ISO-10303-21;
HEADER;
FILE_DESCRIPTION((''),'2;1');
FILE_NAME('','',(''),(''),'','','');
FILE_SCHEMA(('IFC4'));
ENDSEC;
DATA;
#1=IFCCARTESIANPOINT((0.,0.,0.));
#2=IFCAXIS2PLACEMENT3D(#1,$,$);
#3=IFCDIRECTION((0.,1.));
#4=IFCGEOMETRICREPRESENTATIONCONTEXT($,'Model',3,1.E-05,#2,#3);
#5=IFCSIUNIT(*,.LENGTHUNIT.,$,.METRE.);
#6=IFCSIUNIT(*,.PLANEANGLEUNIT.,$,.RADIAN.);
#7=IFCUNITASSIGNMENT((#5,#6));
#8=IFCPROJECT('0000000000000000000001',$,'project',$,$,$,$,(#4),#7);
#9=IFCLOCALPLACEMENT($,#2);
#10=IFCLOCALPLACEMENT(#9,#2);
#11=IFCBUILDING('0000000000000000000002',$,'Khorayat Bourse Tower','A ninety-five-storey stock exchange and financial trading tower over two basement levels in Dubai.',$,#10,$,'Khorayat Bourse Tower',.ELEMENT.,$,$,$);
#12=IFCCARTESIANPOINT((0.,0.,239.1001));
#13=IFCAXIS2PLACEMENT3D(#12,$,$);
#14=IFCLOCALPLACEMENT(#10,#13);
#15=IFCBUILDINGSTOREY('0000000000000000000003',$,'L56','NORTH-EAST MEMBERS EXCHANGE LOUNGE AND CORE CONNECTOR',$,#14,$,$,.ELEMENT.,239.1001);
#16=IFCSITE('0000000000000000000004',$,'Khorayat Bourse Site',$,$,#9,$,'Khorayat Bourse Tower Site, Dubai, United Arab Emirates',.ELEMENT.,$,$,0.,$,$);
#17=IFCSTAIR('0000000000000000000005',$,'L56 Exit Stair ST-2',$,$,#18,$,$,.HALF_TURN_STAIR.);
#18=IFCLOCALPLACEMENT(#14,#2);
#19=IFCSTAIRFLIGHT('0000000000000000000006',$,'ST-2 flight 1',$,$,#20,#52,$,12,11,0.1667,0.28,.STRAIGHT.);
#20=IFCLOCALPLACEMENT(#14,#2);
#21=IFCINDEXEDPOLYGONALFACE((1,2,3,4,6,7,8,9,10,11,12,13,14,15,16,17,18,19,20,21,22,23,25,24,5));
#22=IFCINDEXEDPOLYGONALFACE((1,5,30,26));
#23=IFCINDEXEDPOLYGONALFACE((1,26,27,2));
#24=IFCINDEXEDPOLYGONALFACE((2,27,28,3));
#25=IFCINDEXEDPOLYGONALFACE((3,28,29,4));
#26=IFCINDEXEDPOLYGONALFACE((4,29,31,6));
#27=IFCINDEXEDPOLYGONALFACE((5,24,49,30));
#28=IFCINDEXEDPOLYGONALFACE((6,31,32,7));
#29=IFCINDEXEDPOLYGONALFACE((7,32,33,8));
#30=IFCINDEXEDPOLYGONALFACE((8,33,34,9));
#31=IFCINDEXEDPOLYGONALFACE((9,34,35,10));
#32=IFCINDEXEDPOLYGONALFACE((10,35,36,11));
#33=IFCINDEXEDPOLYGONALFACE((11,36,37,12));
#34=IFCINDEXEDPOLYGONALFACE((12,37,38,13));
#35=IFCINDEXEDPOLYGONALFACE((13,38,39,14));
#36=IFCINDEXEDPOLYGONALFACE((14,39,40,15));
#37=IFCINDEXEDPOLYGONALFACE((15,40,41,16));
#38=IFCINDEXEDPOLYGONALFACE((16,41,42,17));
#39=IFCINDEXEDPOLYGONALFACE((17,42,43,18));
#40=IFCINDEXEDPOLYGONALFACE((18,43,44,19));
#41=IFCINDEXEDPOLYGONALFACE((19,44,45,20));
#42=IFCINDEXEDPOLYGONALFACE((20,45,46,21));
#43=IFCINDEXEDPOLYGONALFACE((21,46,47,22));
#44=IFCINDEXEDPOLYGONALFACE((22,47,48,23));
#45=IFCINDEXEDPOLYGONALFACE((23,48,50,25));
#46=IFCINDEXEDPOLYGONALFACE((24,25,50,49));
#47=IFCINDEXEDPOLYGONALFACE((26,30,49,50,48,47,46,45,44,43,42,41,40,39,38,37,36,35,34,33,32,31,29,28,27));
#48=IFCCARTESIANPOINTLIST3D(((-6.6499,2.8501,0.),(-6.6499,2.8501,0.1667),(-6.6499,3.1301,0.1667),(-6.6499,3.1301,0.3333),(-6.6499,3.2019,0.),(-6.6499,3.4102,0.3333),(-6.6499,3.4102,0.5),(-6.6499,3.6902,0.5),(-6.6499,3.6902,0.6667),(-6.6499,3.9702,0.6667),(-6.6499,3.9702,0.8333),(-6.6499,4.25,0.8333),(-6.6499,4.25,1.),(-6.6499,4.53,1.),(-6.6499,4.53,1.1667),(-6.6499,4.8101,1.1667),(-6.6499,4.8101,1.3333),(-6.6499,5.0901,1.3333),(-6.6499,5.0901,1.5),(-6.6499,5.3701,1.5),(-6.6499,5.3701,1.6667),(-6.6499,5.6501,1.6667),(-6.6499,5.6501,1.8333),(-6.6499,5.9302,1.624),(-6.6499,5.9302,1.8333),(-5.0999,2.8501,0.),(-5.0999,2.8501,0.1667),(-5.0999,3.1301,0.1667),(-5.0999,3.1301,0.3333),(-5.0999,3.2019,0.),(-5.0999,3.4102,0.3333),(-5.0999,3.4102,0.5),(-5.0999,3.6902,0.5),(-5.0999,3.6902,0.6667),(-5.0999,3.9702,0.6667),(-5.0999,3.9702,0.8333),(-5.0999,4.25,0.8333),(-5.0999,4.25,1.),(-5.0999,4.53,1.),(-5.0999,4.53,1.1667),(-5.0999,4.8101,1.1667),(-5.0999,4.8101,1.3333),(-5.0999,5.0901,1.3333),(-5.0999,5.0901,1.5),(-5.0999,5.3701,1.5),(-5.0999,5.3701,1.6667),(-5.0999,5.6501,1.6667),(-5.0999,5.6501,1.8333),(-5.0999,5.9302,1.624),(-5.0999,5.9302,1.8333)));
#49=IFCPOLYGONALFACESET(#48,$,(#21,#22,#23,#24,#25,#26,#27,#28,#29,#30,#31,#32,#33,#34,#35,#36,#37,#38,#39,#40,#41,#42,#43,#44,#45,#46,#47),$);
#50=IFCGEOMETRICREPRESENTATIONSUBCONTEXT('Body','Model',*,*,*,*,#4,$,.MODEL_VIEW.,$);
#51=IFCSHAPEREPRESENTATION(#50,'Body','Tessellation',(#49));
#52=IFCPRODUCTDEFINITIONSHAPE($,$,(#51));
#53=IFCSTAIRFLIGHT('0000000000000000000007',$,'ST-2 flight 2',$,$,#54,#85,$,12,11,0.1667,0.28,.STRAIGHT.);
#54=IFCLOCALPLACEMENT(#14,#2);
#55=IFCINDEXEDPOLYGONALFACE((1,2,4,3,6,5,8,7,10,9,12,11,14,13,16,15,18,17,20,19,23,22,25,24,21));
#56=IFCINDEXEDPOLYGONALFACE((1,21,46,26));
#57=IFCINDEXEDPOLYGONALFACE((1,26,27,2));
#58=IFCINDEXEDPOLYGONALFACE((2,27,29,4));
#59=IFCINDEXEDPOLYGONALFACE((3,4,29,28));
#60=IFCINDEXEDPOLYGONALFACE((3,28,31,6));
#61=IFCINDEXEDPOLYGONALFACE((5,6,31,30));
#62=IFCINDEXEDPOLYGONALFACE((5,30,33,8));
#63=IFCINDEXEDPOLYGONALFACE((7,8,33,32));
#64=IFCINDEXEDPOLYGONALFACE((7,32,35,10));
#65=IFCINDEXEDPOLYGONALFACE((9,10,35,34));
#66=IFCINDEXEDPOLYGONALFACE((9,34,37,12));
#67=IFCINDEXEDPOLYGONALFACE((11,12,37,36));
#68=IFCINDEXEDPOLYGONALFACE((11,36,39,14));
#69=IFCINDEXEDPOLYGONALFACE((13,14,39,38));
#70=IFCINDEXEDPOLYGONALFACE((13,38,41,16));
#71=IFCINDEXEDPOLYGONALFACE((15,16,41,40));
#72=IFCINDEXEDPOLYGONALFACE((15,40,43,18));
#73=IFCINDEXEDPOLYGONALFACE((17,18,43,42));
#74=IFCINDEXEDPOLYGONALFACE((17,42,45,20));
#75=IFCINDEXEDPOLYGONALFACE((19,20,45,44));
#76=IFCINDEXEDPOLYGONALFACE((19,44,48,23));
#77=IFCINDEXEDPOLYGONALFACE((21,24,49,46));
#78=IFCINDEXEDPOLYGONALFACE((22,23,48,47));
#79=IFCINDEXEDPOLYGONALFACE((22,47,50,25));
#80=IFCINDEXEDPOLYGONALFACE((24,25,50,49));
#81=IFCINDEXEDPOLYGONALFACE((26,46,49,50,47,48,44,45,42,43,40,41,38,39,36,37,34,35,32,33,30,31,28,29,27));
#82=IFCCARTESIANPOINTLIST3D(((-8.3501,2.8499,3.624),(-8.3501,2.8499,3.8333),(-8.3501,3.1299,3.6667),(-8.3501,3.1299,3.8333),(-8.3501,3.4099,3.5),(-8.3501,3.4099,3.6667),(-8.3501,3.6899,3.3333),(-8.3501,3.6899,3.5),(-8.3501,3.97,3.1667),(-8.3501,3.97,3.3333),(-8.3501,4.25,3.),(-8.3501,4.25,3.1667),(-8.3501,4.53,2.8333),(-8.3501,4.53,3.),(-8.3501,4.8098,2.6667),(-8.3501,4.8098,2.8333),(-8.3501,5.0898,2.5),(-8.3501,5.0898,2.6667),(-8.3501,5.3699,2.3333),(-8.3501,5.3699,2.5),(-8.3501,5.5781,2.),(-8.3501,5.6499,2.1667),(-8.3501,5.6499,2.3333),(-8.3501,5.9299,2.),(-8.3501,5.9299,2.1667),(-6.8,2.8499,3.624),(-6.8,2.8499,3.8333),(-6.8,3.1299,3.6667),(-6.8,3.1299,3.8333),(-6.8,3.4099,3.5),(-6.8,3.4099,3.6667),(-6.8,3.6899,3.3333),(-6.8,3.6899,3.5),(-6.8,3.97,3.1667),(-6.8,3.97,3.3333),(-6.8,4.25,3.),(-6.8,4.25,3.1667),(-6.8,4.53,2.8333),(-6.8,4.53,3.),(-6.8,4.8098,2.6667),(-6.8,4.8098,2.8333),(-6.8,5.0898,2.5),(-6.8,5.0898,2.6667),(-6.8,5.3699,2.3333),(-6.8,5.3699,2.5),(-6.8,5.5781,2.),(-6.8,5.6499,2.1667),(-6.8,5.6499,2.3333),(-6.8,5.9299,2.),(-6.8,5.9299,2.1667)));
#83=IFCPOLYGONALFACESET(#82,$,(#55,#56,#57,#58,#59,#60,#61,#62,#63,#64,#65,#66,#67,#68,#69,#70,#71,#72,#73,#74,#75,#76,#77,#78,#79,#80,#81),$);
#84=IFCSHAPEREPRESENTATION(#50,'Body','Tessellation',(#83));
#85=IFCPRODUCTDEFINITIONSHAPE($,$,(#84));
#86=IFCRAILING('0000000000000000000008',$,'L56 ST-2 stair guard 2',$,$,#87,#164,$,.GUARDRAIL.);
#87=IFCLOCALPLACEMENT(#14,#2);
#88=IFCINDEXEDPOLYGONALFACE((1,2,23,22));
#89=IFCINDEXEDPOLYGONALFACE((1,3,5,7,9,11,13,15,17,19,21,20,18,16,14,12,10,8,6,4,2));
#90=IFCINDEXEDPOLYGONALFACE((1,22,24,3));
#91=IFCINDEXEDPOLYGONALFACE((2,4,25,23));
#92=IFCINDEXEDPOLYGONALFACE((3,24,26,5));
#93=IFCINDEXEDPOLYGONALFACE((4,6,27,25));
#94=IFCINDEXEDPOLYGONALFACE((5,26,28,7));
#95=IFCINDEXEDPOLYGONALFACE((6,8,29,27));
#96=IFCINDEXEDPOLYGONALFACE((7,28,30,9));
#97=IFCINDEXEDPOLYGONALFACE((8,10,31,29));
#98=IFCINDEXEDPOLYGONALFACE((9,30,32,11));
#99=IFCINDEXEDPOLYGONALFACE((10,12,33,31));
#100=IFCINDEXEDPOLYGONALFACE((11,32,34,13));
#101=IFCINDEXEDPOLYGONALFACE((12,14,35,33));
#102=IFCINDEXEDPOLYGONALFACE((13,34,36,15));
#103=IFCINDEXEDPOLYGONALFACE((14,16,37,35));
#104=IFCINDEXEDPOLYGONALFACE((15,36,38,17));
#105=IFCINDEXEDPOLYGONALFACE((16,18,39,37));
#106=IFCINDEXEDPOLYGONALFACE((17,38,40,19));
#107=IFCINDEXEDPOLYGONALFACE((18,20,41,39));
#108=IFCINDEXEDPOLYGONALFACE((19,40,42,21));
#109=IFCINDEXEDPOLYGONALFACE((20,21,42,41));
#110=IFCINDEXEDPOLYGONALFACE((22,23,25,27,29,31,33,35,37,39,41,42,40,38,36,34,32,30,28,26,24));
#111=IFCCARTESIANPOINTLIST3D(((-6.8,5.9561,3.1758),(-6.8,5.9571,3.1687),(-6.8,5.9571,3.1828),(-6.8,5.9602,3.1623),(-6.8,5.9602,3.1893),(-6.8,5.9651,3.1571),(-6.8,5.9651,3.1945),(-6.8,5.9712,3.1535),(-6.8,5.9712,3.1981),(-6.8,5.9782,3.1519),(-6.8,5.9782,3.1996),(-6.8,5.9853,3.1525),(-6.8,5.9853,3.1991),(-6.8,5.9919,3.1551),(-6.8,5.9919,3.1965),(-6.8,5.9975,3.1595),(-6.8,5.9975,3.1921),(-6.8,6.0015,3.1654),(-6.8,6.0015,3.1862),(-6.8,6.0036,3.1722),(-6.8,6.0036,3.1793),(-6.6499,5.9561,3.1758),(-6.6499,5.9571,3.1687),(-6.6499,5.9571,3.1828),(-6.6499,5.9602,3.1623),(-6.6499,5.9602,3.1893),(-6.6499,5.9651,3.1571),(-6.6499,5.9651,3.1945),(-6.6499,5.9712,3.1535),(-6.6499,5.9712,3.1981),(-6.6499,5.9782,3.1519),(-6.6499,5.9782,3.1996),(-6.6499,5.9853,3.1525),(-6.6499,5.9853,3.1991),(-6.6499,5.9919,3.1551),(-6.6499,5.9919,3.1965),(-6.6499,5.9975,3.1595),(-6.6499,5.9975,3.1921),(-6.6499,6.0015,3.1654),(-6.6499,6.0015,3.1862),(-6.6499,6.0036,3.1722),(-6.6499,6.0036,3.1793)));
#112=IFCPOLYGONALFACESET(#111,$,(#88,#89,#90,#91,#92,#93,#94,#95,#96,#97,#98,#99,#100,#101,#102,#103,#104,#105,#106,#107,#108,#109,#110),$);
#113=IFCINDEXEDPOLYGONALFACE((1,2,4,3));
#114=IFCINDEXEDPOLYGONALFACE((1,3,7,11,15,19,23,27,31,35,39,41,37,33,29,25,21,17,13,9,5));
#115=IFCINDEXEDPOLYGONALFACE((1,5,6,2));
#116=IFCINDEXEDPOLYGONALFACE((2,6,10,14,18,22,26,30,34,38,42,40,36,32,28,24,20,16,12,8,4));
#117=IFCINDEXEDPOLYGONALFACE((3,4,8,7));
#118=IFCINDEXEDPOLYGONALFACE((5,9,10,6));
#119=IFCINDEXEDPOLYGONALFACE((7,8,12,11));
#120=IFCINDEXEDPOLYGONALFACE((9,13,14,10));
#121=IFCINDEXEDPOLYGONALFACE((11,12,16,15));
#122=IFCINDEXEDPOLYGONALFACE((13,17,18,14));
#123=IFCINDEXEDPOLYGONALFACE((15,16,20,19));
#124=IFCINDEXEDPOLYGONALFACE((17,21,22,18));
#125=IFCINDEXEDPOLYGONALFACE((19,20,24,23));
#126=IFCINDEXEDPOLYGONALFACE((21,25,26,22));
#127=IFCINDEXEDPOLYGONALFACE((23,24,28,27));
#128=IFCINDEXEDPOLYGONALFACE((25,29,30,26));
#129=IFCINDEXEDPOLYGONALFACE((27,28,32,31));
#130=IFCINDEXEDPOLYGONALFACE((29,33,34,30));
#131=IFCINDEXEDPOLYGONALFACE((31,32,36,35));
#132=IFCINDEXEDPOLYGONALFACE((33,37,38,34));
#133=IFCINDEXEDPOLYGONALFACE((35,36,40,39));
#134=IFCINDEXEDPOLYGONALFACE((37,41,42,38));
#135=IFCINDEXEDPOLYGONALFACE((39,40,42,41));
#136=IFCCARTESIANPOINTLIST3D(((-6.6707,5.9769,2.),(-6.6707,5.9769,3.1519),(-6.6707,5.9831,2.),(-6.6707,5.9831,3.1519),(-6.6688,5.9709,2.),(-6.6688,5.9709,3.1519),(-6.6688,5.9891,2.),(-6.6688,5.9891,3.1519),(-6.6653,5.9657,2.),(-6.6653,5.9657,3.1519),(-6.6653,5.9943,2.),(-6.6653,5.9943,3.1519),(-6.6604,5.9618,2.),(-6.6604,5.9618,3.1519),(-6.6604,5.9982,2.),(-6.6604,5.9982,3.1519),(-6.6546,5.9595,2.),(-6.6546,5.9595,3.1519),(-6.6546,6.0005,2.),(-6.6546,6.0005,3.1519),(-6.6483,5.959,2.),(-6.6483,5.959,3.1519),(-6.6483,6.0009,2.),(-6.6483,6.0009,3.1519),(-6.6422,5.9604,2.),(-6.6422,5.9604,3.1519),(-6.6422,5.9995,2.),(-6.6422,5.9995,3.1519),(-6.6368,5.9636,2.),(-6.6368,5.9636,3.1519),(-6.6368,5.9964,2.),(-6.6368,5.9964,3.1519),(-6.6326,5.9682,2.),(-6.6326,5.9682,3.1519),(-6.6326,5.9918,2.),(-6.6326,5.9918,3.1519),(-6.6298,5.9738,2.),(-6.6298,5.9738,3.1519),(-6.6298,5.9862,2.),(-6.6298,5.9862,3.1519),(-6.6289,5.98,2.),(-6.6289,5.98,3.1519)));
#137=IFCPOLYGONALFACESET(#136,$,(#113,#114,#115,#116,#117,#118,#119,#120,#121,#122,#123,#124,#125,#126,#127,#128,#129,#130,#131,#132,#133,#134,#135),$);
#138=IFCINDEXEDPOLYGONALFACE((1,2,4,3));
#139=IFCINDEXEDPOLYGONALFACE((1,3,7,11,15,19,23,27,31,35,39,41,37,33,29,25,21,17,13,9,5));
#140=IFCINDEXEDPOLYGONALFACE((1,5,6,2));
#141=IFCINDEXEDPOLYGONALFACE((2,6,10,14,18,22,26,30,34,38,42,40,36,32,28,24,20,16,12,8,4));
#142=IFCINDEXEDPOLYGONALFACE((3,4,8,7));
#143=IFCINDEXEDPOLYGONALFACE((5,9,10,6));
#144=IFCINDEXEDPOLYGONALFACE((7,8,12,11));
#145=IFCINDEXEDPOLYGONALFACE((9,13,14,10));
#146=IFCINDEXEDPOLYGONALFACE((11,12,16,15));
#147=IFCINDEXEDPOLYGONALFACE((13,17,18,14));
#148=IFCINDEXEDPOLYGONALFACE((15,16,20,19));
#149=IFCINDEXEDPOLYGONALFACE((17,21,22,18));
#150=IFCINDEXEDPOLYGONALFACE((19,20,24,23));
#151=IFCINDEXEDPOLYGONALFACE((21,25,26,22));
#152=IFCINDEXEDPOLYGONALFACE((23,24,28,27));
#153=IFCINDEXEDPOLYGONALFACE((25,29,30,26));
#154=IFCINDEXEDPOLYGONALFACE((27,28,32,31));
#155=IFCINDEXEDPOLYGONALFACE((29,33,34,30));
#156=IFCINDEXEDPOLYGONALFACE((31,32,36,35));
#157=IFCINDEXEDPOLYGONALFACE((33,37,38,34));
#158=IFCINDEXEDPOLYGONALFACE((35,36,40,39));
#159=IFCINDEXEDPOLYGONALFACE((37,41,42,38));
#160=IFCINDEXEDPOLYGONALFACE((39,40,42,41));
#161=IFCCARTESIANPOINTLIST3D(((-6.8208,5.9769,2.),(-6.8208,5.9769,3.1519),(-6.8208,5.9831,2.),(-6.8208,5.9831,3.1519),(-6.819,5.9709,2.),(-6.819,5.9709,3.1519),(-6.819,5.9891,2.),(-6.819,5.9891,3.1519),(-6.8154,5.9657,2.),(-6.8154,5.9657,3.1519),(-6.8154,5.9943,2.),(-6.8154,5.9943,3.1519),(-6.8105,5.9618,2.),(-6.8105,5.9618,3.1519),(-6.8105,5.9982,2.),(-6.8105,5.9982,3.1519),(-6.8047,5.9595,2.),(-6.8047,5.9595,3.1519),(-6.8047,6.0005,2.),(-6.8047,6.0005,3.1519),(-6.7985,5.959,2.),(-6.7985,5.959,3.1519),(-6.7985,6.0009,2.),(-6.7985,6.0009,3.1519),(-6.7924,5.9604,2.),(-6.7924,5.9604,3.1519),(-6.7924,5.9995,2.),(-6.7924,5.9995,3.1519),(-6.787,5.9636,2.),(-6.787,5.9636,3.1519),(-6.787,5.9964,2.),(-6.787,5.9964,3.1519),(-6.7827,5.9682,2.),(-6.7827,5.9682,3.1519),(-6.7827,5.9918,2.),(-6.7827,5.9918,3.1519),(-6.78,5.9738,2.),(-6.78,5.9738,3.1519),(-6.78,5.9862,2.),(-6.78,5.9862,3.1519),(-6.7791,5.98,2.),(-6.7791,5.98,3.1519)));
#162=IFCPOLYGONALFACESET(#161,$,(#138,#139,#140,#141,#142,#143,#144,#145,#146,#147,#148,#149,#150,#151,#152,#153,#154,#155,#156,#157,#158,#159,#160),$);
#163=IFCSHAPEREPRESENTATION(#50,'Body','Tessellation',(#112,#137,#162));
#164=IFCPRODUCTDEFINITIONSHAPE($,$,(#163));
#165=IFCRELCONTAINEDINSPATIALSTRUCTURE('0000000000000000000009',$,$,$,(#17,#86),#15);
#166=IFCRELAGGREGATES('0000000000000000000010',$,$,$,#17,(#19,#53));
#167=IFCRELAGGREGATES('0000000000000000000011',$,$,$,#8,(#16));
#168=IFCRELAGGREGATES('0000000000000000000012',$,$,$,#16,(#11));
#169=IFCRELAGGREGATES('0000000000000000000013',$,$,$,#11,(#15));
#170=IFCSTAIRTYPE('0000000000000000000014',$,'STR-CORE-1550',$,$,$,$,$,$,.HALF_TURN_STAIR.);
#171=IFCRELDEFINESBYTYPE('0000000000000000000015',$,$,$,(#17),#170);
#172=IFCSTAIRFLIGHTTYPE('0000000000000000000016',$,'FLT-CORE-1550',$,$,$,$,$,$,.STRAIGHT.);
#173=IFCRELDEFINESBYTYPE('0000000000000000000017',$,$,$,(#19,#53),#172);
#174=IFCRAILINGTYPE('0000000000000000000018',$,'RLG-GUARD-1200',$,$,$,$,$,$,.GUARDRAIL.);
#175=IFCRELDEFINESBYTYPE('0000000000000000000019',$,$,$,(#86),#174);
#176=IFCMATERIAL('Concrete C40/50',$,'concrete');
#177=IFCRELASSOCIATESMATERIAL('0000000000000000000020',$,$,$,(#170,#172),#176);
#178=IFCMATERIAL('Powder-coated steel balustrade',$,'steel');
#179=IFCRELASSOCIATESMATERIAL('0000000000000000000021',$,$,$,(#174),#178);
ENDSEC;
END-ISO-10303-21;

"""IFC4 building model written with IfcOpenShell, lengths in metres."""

from ifc_helpers import new_model, si_unit, direction, frame, origin, origin_2d, place, context, subcontext, project, spatial, polyline, circle, outline, extrude, source, transform, mapped, material, type_object, element, aggregate, save


model = new_model("IFC4")

# Units and contexts
model_context = context("Model", 3, precision=1e-05, world=origin(), true_north=direction((0.0, 1.0)))
body_context = subcontext(model_context, "Body", "Model", "MODEL_VIEW")
ifc_project = project(units=[si_unit("LENGTHUNIT", "METRE"), si_unit("PLANEANGLEUNIT", "RADIAN")], contexts=[model_context])

# Site, building, storey
site_placement = place(None, origin())
site = spatial("IfcSite", under=ifc_project, at=site_placement, Name="Khorayat Bourse Site", LongName="Khorayat Bourse Tower Site, Dubai, United Arab Emirates", CompositionType="ELEMENT", RefElevation=0.0)
building_placement = place(site_placement, origin())
building = spatial("IfcBuilding", under=site, at=building_placement, Name="Khorayat Bourse Tower", Description="A ninety-five-storey stock exchange and financial trading tower over two basement levels in Dubai.", LongName="Khorayat Bourse Tower", CompositionType="ELEMENT")
storey_placement = place(building_placement, frame((0.0, 0.0, 239.1001)))
storey = spatial("IfcBuildingStorey", under=building, at=storey_placement, Name="L56", Description="NORTH-EAST MEMBERS EXCHANGE LOUNGE AND CORE CONNECTOR", CompositionType="ELEMENT", Elevation=239.1001)

# Stair, stair flights
ifc_material_1 = material(Name="Concrete C40/50", Category="concrete")
stair_type = type_object("IfcStairType", Name="STR-CORE-1550", PredefinedType="HALF_TURN_STAIR", material=ifc_material_1)
stair_placement = place(storey_placement, origin())
stair = element("IfcStair", 1, at=stair_placement, inside=storey, type_object=stair_type, Name="L56 Exit Stair ST-2", PredefinedType="HALF_TURN_STAIR")
stair_flight_type = type_object("IfcStairFlightType", Name="FLT-CORE-1550", PredefinedType="STRAIGHT", material=ifc_material_1)
shared_shape_1 = source(origin(), body_context, "Body", "SweptSolid", [
    extrude(outline(polyline([(0.0, 0.0), (0.0, 0.1667), (0.28, 0.1667), (0.28, 0.3333), (0.5601, 0.3333), (0.5601, 0.5), (0.8401, 0.5), (0.8401, 0.6667), (1.1201, 0.6667), (1.1201, 0.8333), (1.3999, 0.8333), (1.3999, 1.0), (1.6799, 1.0), (1.6799, 1.1667), (1.96, 1.1667), (1.96, 1.3333), (2.24, 1.3333), (2.24, 1.5), (2.52, 1.5), (2.52, 1.6667), (2.8, 1.6667), (2.8, 1.8333), (3.0801, 1.8333), (3.0801, 2.0), (3.0801, 1.624), (0.3518, 0.0), (0.0, 0.0)])), frame((0.0, 0.7749, 0.0), z_axis=(0.0, -1.0, 0.0), x_axis=(1.0, 0.0, 0.0)), (0.0, 0.0, 1.0), 1.55),
])
stair_flight_1_placement = place(storey_placement, frame((-5.875, 2.8501, 0.0), z_axis=(0.0, 0.0, 1.0), x_axis=(0.0, 1.0, 0.0)))
stair_flight_1 = element("IfcStairFlight", 2, at=stair_flight_1_placement, type_object=stair_flight_type, Name="ST-2 flight 1", NumberOfRisers=12, NumberOfTreads=11, PredefinedType="STRAIGHT", RiserHeight=0.1667, TreadLength=0.28, context=body_context, shape_type="MappedRepresentation", body=[
    mapped(shared_shape_1, transform((0.0, 0.0, 0.0), scale=1.0)),
])
stair_flight_2_placement = place(storey_placement, frame((-7.575, 5.9299, 2.0), z_axis=(0.0, 0.0, 1.0), x_axis=(0.0, -1.0, 0.0)))
stair_flight_2 = element("IfcStairFlight", 3, at=stair_flight_2_placement, type_object=stair_flight_type, Name="ST-2 flight 2", NumberOfRisers=12, NumberOfTreads=11, PredefinedType="STRAIGHT", RiserHeight=0.1667, TreadLength=0.28, context=body_context, shape_type="MappedRepresentation", body=[
    mapped(shared_shape_1, transform((0.0, 0.0, 0.0), scale=1.0)),
])
aggregate(stair, [stair_flight_1, stair_flight_2])

# Railing
ifc_material_2 = material(Name="Powder-coated steel balustrade", Category="steel")
railing_type_1 = type_object("IfcRailingType", Name="RLG-GUARD-1200", PredefinedType="GUARDRAIL", material=ifc_material_2)
shared_shape_2 = source(origin(), body_context, "Body", "SweptSolid", [
    extrude(circle(Radius=0.0239, at=origin_2d()), frame((0.0, 0.0, 1.1758), z_axis=(-1.0, 0.0, 0.0), x_axis=(0.0, -1.0, 0.0)), (0.0, 0.0, 1.0), 0.1501),
    extrude(circle(Radius=0.021, at=origin_2d()), origin(), (0.0, 0.0, 1.0), 1.1519),
    extrude(circle(Radius=0.021, at=origin_2d()), frame((-0.1501, 0.0, 0.0)), (0.0, 0.0, 1.0), 1.1519),
])
for number, where, name in (
    (4, (-6.6499, 5.98, 2.0), "L56 ST-2 stair guard 2"),
):
    element("IfcRailing", number, at=place(storey_placement, frame(where)), inside=storey, type_object=railing_type_1, Name=name, PredefinedType="GUARDRAIL", context=body_context, shape_type="MappedRepresentation", body=[
        mapped(shared_shape_2, transform((0.0, 0.0, 0.0), scale=1.0)),
    ])

save(model, "model.ifc")
